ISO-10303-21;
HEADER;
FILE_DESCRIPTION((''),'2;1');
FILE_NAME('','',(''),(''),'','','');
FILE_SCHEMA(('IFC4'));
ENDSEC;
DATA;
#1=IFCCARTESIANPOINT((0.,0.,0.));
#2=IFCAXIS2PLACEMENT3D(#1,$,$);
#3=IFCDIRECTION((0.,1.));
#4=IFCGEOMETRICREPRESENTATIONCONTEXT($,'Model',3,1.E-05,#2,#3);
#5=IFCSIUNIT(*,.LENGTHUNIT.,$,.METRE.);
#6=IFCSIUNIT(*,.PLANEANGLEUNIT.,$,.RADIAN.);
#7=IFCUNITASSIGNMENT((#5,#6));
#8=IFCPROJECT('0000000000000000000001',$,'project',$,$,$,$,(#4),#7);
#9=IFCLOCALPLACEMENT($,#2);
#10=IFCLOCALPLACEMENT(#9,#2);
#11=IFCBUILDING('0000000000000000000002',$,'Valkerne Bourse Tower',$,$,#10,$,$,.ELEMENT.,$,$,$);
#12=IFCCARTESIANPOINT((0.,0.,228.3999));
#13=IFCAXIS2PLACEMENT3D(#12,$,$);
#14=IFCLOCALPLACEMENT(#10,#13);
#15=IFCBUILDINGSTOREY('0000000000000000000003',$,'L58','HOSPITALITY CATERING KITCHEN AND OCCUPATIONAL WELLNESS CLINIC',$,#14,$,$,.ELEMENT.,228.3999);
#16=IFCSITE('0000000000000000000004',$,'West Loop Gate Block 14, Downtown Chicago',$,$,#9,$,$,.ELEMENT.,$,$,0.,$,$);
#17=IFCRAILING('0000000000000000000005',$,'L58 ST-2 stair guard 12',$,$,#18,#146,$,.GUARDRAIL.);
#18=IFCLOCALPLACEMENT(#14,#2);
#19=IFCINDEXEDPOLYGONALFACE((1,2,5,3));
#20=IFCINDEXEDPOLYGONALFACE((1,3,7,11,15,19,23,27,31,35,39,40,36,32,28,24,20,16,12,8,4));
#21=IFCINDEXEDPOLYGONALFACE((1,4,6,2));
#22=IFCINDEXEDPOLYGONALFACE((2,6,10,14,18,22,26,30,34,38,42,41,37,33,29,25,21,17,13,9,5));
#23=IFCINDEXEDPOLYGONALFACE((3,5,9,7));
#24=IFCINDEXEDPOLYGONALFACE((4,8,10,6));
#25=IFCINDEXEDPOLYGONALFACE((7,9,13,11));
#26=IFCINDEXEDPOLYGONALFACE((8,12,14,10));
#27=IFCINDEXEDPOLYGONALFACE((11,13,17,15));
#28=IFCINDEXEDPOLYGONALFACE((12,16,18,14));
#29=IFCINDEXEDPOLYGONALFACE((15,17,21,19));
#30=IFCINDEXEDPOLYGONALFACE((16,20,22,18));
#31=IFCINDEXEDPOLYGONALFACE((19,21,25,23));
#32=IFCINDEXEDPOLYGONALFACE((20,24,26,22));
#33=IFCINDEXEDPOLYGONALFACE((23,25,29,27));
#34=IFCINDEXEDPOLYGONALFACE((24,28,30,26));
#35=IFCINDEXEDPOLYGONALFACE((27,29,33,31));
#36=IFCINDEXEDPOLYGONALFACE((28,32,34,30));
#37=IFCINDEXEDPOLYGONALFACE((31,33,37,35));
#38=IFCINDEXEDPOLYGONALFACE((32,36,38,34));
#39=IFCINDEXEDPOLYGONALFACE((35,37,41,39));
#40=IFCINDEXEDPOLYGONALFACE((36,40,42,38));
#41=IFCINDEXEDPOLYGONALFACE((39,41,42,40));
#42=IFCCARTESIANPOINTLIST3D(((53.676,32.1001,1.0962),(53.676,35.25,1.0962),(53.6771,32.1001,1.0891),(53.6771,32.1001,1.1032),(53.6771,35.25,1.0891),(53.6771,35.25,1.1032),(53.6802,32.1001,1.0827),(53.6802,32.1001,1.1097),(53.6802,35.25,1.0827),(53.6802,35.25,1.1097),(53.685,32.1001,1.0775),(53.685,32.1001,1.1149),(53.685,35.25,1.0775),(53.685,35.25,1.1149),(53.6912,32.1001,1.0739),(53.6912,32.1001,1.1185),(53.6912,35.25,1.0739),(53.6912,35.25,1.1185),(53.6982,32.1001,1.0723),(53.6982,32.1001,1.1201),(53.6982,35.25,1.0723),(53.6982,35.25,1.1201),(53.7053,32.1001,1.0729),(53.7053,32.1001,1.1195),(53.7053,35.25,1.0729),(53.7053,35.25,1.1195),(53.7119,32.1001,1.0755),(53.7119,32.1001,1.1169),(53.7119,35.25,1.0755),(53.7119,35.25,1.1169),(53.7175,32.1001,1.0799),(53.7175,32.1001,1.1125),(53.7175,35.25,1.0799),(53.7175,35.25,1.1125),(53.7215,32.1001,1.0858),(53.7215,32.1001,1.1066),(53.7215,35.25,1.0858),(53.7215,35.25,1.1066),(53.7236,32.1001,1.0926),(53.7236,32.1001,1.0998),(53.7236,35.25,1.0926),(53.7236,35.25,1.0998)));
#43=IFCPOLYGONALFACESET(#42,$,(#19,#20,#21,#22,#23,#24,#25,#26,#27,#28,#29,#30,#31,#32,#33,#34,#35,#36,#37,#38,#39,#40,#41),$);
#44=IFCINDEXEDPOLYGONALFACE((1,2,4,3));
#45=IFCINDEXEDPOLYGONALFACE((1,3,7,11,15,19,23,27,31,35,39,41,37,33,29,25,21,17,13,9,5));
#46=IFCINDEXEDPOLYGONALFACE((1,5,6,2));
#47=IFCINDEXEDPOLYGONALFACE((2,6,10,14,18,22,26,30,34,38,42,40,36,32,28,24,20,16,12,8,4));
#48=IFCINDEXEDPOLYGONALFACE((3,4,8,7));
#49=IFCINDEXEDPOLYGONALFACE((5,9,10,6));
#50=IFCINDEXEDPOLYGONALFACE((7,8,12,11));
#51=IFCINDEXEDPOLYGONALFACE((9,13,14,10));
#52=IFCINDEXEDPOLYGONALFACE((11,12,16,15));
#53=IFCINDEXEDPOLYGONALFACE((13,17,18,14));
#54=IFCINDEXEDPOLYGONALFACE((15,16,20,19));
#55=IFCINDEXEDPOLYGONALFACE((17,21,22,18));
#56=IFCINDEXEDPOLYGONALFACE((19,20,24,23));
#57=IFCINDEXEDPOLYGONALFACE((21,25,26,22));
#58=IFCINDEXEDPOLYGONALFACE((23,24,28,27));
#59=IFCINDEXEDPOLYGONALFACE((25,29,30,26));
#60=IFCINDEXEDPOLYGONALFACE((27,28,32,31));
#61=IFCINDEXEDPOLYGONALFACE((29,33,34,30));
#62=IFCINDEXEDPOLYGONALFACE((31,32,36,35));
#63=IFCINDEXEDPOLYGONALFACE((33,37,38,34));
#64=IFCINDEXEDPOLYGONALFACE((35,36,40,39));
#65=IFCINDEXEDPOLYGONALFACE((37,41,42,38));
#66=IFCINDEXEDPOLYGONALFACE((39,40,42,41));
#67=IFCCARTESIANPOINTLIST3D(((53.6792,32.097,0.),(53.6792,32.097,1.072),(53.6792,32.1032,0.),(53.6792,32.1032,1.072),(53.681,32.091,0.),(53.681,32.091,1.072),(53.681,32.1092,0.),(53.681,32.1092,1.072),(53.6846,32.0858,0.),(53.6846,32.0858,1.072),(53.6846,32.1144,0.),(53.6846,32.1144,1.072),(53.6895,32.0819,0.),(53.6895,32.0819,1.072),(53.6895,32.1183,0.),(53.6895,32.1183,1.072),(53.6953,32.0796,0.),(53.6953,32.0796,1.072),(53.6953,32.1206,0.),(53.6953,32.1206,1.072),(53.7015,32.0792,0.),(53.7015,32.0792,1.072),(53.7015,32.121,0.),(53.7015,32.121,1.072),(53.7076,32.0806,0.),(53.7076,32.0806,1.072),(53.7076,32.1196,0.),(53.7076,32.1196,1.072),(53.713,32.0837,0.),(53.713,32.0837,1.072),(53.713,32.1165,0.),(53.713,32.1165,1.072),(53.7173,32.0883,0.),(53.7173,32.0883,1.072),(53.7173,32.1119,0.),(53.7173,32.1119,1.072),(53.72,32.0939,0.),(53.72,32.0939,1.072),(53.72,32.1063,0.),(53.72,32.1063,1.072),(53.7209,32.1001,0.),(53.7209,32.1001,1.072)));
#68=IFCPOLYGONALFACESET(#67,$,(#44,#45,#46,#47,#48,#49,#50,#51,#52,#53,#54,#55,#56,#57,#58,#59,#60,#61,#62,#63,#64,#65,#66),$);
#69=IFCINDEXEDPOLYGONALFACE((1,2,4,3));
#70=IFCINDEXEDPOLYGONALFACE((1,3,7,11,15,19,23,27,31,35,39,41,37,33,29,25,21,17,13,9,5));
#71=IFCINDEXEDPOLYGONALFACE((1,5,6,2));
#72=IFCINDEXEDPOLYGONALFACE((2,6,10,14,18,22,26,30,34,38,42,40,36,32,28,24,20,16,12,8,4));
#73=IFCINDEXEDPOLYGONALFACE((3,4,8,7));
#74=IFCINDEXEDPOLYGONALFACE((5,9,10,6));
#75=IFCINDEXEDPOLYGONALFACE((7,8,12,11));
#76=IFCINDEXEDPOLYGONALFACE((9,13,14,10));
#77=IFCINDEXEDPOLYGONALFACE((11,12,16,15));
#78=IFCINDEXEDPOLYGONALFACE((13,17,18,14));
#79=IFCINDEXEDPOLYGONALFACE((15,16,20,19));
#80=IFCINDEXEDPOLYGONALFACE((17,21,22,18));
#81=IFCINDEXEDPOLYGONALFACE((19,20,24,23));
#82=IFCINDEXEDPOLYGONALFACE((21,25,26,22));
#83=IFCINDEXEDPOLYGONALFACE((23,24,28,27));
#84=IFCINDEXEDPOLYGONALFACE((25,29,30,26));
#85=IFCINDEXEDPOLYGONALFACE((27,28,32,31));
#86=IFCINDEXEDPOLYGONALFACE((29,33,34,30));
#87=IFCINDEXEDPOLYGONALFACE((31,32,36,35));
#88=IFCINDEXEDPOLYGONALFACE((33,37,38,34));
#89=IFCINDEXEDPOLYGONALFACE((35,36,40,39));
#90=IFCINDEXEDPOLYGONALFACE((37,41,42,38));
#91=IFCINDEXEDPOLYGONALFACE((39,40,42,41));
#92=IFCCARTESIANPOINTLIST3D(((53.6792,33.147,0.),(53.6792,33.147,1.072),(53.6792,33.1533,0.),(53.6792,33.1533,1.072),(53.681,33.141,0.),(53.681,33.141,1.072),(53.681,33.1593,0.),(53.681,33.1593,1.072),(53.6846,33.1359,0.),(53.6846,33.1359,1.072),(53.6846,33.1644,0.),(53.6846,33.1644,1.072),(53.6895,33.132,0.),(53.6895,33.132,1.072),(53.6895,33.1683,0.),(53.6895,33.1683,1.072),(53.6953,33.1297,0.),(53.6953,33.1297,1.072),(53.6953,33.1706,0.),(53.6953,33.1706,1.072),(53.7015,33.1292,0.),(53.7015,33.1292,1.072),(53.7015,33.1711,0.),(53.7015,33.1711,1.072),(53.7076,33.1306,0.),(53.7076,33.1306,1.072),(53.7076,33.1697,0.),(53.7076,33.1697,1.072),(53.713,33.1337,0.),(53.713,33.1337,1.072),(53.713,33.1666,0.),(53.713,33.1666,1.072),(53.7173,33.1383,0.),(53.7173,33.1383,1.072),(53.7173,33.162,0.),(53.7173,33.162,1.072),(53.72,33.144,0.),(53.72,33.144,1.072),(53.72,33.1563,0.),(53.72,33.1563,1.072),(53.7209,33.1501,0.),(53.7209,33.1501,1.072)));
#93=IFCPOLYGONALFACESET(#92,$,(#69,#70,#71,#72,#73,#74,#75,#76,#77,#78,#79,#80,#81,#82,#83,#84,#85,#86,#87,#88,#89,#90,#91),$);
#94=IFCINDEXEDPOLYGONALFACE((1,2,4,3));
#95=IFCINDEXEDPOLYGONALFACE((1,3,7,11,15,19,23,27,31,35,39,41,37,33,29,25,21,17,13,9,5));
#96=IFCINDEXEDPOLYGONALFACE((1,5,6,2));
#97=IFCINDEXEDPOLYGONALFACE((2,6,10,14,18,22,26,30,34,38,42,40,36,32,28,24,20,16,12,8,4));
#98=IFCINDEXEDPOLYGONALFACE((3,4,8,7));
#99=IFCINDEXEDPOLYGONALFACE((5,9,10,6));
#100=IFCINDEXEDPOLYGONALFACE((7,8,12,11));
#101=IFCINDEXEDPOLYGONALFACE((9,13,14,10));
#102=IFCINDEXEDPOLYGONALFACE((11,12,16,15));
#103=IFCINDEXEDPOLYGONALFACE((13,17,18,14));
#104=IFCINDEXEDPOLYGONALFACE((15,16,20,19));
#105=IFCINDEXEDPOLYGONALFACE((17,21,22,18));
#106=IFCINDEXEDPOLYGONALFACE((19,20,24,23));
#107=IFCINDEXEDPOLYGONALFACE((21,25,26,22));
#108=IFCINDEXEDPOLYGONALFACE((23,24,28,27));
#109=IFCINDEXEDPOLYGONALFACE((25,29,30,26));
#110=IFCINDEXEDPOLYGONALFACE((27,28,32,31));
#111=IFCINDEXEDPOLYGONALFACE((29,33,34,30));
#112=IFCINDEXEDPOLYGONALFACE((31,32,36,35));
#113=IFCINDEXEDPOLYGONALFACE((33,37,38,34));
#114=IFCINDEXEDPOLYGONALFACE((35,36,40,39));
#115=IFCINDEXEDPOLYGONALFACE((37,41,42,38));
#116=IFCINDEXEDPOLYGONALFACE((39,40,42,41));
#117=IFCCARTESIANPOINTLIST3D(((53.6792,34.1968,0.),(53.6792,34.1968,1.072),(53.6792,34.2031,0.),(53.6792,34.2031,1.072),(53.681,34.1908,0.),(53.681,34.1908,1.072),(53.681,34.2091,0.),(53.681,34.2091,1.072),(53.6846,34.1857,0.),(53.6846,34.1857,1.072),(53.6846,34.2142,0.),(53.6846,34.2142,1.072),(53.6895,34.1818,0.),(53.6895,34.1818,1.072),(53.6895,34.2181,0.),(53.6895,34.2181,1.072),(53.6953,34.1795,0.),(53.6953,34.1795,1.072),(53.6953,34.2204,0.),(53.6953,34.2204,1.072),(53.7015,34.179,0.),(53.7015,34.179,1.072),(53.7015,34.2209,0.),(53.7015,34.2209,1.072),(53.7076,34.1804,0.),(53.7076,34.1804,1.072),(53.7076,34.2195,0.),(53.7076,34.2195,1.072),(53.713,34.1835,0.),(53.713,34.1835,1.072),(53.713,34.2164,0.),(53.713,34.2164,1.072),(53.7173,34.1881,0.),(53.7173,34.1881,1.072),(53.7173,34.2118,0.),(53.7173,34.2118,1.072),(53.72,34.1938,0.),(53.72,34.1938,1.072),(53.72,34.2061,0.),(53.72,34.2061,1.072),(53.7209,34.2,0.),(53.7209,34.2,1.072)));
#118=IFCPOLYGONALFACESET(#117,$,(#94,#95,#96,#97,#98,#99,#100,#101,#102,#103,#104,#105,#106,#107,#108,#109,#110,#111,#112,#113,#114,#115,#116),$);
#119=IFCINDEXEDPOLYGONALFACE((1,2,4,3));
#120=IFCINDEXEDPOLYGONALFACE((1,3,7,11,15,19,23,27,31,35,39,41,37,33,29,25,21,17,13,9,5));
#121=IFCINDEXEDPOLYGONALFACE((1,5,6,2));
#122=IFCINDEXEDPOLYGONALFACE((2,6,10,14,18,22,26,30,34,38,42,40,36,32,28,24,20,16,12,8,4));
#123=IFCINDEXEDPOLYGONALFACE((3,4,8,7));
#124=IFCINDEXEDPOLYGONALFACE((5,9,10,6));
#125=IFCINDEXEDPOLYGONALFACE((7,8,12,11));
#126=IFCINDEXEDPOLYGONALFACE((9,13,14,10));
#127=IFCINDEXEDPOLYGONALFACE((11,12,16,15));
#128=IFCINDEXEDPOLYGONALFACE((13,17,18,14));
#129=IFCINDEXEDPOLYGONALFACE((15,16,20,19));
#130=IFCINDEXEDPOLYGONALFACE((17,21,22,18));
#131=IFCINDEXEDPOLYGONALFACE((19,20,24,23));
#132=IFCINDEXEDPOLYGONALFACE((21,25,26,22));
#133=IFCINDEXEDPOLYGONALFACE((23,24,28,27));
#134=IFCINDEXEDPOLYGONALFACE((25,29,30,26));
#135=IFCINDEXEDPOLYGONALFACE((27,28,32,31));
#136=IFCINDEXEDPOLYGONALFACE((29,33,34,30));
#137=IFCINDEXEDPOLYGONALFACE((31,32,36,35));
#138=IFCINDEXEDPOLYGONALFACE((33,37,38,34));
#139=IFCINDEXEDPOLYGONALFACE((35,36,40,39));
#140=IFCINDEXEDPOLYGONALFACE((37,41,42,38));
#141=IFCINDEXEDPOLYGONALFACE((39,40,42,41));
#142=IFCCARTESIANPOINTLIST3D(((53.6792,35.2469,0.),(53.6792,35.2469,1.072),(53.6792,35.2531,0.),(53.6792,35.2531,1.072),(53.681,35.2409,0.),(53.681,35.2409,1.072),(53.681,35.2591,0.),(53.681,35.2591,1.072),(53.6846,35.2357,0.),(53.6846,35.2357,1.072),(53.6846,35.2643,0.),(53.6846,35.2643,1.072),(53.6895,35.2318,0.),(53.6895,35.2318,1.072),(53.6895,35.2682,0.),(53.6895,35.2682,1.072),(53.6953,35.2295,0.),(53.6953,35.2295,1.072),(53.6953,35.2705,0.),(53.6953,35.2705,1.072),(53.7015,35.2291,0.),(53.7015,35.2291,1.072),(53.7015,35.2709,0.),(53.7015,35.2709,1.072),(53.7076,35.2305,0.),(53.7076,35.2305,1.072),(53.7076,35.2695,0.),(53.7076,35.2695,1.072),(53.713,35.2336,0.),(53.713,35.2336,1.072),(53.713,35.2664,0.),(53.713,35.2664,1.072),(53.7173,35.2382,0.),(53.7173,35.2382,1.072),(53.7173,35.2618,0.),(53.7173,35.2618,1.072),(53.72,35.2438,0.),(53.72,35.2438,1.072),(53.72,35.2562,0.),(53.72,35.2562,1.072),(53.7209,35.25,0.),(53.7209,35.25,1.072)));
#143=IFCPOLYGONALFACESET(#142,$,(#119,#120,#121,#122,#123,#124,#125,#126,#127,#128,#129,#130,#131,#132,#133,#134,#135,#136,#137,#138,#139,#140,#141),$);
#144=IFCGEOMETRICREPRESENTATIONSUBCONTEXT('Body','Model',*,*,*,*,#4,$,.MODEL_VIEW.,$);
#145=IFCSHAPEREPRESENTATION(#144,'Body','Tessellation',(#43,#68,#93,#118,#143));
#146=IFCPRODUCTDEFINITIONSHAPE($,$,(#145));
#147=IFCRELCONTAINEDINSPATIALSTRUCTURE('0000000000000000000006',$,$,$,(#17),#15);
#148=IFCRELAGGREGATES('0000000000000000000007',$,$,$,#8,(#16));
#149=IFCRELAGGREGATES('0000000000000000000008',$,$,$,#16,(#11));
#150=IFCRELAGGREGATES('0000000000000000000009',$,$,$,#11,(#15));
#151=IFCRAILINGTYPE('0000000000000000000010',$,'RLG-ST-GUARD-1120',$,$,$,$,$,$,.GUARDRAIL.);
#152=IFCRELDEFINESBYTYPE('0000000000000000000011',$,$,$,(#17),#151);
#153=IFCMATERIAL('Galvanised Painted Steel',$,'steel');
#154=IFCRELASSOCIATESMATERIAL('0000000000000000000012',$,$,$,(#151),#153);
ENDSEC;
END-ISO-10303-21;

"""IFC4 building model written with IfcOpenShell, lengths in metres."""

from ifc_helpers import new_model, si_unit, direction, frame, origin, origin_2d, place, context, subcontext, project, spatial, circle, extrude, material, type_object, element, save


model = new_model("IFC4")

# Units and contexts
model_context = context("Model", 3, precision=1e-05, world=origin(), true_north=direction((0.0, 1.0)))
body_context = subcontext(model_context, "Body", "Model", "MODEL_VIEW")
ifc_project = project(units=[si_unit("LENGTHUNIT", "METRE"), si_unit("PLANEANGLEUNIT", "RADIAN")], contexts=[model_context])

# Site, building, storey
site_placement = place(None, origin())
site = spatial("IfcSite", under=ifc_project, at=site_placement, Name="West Loop Gate Block 14, Downtown Chicago", CompositionType="ELEMENT", RefElevation=0.0)
building_placement = place(site_placement, origin())
building = spatial("IfcBuilding", under=site, at=building_placement, Name="Valkerne Bourse Tower", CompositionType="ELEMENT")
storey_placement = place(building_placement, frame((0.0, 0.0, 228.3999)))
storey = spatial("IfcBuildingStorey", under=building, at=storey_placement, Name="L58", Description="HOSPITALITY CATERING KITCHEN AND OCCUPATIONAL WELLNESS CLINIC", CompositionType="ELEMENT", Elevation=228.3999)

# Railing
ifc_material_1 = material(Name="Galvanised Painted Steel", Category="steel")
railing_type = type_object("IfcRailingType", Name="RLG-ST-GUARD-1120", PredefinedType="GUARDRAIL", material=ifc_material_1)
railing_1_placement = place(storey_placement, frame((53.7, 32.1001, 0.0)))
element("IfcRailing", 1, at=railing_1_placement, inside=storey, type_object=railing_type, Name="L58 ST-2 stair guard 12", PredefinedType="GUARDRAIL", context=body_context, shape_type="SweptSolid", body=[
    extrude(circle(Radius=0.0239, at=origin_2d()), frame((0.0, 0.0, 1.0962), z_axis=(0.0, 1.0, 0.0), x_axis=(-1.0, 0.0, 0.0)), (0.0, 0.0, 1.0), 3.1499),
    extrude(circle(Radius=0.021, at=origin_2d()), origin(), (0.0, 0.0, 1.0), 1.072),
    extrude(circle(Radius=0.021, at=origin_2d()), frame((0.0, 1.05, 0.0)), (0.0, 0.0, 1.0), 1.072),
    extrude(circle(Radius=0.021, at=origin_2d()), frame((0.0, 2.0999, 0.0)), (0.0, 0.0, 1.0), 1.072),
    extrude(circle(Radius=0.021, at=origin_2d()), frame((0.0, 3.1499, 0.0)), (0.0, 0.0, 1.0), 1.072),
])

save(model, "model.ifc")
